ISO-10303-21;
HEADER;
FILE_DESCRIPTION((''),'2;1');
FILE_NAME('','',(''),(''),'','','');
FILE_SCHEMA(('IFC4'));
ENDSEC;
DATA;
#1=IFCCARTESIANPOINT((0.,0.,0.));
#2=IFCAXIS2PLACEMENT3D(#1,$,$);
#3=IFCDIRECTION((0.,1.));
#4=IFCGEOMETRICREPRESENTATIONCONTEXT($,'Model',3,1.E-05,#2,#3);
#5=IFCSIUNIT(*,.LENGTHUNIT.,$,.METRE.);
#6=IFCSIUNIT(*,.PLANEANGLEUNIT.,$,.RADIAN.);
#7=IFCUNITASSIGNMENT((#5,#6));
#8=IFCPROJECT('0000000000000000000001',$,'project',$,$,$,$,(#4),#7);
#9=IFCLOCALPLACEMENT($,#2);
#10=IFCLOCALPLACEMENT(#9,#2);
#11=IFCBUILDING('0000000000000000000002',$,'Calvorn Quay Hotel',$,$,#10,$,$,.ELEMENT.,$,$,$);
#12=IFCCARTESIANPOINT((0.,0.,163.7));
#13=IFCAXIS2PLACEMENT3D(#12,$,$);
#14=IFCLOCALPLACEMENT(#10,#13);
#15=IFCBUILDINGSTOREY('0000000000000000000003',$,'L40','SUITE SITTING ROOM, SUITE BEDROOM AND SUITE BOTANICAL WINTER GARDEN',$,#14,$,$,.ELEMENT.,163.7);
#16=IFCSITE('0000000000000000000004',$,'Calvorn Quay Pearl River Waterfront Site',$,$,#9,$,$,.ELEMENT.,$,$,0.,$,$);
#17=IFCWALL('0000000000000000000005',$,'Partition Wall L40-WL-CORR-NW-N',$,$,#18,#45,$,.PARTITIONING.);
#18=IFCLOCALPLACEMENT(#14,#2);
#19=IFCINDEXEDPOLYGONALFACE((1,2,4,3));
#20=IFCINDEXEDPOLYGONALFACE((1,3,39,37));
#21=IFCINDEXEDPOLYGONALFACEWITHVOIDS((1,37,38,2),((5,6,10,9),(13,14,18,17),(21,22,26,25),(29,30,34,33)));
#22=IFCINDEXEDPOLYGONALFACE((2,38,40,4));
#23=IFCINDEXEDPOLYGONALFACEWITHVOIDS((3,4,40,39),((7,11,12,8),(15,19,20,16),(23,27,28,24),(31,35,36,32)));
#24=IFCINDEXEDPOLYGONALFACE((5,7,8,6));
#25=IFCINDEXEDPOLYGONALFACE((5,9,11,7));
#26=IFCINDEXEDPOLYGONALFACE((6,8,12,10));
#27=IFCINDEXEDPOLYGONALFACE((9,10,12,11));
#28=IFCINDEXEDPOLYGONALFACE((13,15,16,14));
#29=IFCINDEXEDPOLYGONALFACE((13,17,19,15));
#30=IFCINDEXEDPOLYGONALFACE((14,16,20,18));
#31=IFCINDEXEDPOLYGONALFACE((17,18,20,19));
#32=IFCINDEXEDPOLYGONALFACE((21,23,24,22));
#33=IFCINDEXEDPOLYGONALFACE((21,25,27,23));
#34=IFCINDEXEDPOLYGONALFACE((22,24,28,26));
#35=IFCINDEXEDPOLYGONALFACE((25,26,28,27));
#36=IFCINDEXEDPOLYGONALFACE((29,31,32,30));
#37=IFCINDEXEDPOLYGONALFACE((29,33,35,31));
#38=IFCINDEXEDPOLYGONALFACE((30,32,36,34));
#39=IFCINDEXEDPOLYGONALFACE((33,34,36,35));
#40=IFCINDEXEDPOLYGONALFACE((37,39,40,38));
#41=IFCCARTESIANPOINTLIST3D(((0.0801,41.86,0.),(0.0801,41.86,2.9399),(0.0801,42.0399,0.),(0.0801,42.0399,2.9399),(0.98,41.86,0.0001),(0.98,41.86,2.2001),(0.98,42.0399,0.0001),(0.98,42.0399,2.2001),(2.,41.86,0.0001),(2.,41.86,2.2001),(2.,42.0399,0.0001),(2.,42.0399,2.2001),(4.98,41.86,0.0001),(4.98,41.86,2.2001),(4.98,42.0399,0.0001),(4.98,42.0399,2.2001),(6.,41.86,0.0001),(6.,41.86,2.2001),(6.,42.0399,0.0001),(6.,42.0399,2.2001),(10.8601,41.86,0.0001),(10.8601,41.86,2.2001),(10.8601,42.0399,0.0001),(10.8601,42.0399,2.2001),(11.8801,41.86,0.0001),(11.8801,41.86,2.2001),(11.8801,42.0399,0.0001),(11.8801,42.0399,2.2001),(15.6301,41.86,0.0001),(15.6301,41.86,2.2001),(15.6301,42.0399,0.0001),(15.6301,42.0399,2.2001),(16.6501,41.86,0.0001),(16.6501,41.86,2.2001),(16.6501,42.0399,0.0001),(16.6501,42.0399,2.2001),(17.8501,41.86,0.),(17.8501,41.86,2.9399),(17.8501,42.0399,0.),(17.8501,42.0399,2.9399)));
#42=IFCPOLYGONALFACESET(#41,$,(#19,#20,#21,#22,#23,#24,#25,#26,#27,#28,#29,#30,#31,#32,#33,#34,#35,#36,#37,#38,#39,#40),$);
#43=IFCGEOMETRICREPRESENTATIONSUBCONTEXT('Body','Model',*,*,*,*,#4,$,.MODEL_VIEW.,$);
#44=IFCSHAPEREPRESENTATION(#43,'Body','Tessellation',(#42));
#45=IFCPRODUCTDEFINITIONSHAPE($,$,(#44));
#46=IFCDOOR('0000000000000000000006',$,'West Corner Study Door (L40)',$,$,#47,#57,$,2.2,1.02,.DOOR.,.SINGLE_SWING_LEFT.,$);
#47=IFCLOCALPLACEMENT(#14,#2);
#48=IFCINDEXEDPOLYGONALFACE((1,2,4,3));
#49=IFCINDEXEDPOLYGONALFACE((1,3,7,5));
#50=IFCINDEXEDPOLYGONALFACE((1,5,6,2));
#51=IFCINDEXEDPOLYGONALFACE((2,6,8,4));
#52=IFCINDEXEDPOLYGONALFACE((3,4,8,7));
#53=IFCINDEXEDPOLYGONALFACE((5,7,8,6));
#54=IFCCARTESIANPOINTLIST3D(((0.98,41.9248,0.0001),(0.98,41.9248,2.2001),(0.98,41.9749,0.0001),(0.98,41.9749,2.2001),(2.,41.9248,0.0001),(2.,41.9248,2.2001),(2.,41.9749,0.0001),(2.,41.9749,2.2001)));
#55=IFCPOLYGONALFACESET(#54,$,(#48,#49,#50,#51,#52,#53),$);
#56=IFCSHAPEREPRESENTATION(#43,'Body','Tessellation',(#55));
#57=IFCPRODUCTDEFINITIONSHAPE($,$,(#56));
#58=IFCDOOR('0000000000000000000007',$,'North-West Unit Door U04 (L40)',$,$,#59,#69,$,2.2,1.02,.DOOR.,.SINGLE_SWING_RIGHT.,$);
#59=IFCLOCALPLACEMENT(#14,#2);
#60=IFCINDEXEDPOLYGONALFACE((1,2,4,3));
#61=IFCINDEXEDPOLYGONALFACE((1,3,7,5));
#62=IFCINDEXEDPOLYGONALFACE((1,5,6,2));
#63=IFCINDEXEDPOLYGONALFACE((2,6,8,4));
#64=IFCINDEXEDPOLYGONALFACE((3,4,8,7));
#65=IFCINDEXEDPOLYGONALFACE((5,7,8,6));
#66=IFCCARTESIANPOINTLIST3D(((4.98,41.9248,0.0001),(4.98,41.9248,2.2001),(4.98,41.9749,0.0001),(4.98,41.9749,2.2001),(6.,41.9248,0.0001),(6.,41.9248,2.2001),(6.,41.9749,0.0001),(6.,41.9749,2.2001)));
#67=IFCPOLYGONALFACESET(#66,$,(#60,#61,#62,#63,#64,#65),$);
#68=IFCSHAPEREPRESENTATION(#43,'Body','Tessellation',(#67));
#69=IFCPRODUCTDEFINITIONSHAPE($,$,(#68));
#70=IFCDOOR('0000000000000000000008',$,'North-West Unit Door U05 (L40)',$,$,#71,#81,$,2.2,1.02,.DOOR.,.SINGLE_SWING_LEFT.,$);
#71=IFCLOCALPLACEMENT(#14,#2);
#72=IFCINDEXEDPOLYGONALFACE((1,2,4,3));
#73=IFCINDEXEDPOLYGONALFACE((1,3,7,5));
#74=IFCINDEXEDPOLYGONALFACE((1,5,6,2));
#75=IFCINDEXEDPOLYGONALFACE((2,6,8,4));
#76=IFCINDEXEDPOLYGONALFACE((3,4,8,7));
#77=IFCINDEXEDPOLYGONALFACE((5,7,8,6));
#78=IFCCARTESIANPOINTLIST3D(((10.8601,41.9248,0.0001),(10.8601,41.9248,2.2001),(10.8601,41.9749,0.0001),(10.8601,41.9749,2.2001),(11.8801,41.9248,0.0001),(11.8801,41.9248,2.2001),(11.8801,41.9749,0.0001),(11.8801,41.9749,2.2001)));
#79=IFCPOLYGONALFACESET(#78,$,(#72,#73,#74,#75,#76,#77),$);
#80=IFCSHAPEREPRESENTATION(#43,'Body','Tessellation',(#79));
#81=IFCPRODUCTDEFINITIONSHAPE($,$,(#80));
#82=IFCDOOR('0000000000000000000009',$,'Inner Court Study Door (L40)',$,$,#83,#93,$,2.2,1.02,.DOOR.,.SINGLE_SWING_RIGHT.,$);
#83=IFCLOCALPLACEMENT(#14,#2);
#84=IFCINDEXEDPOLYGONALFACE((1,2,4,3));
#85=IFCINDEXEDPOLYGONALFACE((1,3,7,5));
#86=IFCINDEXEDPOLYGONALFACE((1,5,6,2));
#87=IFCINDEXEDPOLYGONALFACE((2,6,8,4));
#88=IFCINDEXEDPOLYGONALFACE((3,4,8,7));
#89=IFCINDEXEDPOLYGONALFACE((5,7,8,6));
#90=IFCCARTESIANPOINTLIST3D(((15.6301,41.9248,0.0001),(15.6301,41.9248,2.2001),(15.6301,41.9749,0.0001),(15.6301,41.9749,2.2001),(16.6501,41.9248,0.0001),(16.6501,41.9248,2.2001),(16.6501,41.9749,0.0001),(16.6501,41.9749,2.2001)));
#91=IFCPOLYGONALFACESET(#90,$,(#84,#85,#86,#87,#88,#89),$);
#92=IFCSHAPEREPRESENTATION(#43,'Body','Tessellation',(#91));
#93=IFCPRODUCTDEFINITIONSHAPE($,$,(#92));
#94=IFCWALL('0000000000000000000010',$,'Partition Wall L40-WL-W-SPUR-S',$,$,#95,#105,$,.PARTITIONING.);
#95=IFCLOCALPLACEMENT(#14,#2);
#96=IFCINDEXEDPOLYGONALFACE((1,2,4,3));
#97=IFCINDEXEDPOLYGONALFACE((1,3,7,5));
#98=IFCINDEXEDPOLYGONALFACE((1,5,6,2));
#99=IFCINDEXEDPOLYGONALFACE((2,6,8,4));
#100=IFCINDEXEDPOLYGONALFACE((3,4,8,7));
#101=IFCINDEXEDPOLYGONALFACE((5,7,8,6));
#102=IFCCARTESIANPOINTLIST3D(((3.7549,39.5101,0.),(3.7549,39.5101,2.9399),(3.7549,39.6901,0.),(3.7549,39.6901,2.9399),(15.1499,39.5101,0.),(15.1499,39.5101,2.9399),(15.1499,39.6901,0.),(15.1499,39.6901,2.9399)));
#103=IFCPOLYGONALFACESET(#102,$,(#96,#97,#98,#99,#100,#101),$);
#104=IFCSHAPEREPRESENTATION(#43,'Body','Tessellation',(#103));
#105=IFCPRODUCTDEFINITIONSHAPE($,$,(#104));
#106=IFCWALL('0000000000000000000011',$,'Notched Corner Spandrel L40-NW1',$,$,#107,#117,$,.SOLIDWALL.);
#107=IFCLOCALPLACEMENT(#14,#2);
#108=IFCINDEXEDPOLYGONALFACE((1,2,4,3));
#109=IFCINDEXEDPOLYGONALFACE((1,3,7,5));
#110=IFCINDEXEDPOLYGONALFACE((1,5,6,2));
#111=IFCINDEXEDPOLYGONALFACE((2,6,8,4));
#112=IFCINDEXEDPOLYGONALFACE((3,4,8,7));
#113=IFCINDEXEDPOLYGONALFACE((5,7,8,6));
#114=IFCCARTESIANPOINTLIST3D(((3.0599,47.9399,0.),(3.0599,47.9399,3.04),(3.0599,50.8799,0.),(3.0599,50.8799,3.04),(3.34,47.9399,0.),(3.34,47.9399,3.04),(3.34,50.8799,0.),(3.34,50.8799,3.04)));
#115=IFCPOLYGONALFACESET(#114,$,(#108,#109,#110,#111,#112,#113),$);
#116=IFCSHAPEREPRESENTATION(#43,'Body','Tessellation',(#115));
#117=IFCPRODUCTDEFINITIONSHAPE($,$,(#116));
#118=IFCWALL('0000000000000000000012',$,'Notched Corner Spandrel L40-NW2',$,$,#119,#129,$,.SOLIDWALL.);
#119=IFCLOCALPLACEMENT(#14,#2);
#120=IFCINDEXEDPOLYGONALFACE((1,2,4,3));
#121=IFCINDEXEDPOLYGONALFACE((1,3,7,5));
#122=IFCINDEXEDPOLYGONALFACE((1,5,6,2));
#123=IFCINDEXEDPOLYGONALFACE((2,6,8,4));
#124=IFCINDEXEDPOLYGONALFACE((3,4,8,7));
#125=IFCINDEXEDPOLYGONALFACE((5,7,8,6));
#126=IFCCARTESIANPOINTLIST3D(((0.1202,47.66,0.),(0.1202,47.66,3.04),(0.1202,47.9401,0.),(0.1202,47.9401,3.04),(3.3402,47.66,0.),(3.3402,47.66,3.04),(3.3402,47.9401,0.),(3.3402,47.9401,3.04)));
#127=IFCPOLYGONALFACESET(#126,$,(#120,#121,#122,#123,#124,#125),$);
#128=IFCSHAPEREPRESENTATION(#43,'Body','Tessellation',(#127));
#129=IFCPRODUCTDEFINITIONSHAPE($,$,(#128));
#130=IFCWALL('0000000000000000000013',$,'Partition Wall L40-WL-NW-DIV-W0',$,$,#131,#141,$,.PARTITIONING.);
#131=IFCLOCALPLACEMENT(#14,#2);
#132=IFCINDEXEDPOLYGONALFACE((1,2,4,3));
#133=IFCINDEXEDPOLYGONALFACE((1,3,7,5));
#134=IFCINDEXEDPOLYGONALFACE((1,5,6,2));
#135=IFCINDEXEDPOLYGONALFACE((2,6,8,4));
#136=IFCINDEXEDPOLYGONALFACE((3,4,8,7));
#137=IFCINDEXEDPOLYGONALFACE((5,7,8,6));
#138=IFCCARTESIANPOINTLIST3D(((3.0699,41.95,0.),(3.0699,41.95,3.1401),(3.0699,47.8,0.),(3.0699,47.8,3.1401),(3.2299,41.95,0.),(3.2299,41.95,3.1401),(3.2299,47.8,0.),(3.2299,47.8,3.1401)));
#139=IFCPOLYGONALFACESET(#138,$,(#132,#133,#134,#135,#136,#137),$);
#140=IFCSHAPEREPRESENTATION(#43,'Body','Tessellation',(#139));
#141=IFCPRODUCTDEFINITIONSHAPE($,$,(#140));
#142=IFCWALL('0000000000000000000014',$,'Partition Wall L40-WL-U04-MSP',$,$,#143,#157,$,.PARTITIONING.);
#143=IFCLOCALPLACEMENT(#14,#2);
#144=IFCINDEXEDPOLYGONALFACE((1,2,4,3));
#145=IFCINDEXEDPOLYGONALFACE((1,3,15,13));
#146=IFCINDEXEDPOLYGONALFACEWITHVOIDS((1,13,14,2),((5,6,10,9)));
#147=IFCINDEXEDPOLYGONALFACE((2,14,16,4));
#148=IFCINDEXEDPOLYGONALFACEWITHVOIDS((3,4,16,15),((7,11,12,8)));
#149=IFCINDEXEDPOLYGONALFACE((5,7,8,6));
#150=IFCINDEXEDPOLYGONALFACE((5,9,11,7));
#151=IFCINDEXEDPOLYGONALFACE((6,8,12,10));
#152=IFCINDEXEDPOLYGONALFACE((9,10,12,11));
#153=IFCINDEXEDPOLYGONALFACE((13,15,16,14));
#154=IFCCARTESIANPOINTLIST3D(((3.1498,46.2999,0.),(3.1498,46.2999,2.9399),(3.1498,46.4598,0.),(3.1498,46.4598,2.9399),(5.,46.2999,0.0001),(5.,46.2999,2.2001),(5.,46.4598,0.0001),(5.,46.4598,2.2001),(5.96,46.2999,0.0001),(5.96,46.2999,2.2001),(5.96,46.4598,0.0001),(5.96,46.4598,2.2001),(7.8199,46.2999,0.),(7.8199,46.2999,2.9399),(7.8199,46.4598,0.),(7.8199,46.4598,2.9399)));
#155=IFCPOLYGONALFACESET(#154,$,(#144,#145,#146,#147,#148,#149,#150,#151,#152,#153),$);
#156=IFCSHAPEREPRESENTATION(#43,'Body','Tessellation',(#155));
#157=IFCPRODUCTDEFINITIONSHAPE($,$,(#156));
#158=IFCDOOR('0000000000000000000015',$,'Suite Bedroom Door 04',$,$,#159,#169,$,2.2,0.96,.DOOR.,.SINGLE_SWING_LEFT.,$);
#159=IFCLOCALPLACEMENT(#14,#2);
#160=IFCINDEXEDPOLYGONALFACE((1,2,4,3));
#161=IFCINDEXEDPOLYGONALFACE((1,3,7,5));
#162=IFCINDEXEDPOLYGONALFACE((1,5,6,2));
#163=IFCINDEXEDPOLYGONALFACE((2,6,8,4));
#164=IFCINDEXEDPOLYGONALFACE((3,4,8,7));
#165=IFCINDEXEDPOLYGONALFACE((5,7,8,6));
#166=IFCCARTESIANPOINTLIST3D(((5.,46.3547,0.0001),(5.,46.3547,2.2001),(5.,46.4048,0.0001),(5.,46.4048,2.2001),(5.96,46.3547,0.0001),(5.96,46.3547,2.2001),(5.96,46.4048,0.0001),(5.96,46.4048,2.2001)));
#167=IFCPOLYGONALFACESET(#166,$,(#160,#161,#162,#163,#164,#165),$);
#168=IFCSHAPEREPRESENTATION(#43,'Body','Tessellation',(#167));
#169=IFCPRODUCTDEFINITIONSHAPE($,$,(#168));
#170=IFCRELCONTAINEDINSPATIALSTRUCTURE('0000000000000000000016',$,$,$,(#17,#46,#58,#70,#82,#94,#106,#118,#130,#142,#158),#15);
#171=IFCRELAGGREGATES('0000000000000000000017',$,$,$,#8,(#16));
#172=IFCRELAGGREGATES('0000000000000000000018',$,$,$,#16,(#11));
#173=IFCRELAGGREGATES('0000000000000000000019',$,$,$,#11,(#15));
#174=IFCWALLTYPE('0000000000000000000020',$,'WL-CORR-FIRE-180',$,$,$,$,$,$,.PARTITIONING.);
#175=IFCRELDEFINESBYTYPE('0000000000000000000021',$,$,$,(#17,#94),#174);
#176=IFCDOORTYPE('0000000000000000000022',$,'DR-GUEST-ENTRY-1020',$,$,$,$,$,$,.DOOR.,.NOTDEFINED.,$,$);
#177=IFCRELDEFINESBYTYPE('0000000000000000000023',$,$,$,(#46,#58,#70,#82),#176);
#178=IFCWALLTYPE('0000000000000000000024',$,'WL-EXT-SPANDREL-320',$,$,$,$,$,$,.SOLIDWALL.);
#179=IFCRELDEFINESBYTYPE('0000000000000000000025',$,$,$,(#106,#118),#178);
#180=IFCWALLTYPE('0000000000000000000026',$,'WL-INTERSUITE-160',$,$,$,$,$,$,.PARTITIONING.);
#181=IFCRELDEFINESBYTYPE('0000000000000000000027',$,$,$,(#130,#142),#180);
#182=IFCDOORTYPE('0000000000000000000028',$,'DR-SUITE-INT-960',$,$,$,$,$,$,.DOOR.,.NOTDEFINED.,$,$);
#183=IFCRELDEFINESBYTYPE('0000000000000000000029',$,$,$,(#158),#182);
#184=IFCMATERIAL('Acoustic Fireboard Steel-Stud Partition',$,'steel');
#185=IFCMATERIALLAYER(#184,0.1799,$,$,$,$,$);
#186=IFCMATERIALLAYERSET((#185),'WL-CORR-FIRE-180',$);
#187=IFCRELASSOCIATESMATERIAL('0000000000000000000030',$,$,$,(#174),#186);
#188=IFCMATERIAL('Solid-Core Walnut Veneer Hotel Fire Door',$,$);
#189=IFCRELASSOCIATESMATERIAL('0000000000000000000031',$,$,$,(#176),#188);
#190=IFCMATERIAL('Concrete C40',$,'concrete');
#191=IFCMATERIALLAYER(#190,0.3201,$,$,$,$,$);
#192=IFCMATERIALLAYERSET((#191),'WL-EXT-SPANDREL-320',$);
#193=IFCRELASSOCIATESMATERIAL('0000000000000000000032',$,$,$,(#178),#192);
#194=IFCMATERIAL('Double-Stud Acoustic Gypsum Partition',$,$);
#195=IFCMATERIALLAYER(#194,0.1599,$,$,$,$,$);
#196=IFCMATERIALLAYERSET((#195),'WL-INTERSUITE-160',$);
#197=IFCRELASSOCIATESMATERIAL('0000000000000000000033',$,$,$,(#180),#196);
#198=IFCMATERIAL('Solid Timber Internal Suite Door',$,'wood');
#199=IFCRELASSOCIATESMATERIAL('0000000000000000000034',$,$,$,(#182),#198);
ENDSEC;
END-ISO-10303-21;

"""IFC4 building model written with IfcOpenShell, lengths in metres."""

from ifc_helpers import new_model, si_unit, direction, frame, frame_2d, origin, place, context, subcontext, project, spatial, rectangle, extrude, material, layer, layer_set, type_object, element, fill, save


model = new_model("IFC4")

# Units and contexts
model_context = context("Model", 3, precision=1e-05, world=origin(), true_north=direction((0.0, 1.0)))
body_context = subcontext(model_context, "Body", "Model", "MODEL_VIEW")
ifc_project = project(units=[si_unit("LENGTHUNIT", "METRE"), si_unit("PLANEANGLEUNIT", "RADIAN")], contexts=[model_context])

# Site, building, storey
site_placement = place(None, origin())
site = spatial("IfcSite", under=ifc_project, at=site_placement, Name="Calvorn Quay Pearl River Waterfront Site", CompositionType="ELEMENT", RefElevation=0.0)
building_placement = place(site_placement, origin())
building = spatial("IfcBuilding", under=site, at=building_placement, Name="Calvorn Quay Hotel", CompositionType="ELEMENT")
storey_placement = place(building_placement, frame((0.0, 0.0, 163.7)))
storey = spatial("IfcBuildingStorey", under=building, at=storey_placement, Name="L40", Description="SUITE SITTING ROOM, SUITE BEDROOM AND SUITE BOTANICAL WINTER GARDEN", CompositionType="ELEMENT", Elevation=163.7)

# Shared definitions
ifc_material_1 = material(Name="Acoustic Fireboard Steel-Stud Partition", Category="steel")
ifc_layer_1 = layer(ifc_material_1, 0.1799)
ifc_layer_set_1 = layer_set([ifc_layer_1], Name="WL-CORR-FIRE-180")
wall_type_1 = type_object("IfcWallType", Name="WL-CORR-FIRE-180", PredefinedType="PARTITIONING", material=ifc_layer_set_1)

# Wall, openings, doors
wall_1_placement = place(storey_placement, frame((0.0801, 41.95, 0.0), z_axis=(0.0, 0.0, 1.0), x_axis=(1.0, 0.0, 0.0)))
wall_1 = element("IfcWall", 1, at=wall_1_placement, inside=storey, type_object=wall_type_1, Name="Partition Wall L40-WL-CORR-NW-N", PredefinedType="PARTITIONING", context=body_context, shape_type="SweptSolid", body=[
    extrude(rectangle(XDim=17.77, YDim=0.1799, at=frame_2d((8.885, 0.0))), origin(), (0.0, 0.0, 1.0), 2.9399),
])
opening_1_placement = place(wall_1_placement, frame((0.8999, 0.0, 0.0)))
opening_1 = element("IfcOpeningElement", 2, at=opening_1_placement, cuts=wall_1, PredefinedType="OPENING", context=body_context, shape_type="SweptSolid", body=[
    extrude(rectangle(XDim=1.02, YDim=2.2, at=frame_2d((0.51, 1.1001))), frame((0.0, 0.0999, 0.0), z_axis=(0.0, -1.0, 0.0), x_axis=(1.0, 0.0, 0.0)), (0.0, 0.0, 1.0), 0.2),
])
opening_2_placement = place(wall_1_placement, frame((4.8999, 0.0, 0.0)))
opening_2 = element("IfcOpeningElement", 3, at=opening_2_placement, cuts=wall_1, PredefinedType="OPENING", context=body_context, shape_type="SweptSolid", body=[
    extrude(rectangle(XDim=1.02, YDim=2.2, at=frame_2d((0.51, 1.1001))), frame((0.0, 0.0999, 0.0), z_axis=(0.0, -1.0, 0.0), x_axis=(1.0, 0.0, 0.0)), (0.0, 0.0, 1.0), 0.2),
])
opening_3_placement = place(wall_1_placement, frame((10.78, 0.0, 0.0)))
opening_3 = element("IfcOpeningElement", 4, at=opening_3_placement, cuts=wall_1, PredefinedType="OPENING", context=body_context, shape_type="SweptSolid", body=[
    extrude(rectangle(XDim=1.02, YDim=2.2, at=frame_2d((0.51, 1.1001))), frame((0.0, 0.0999, 0.0), z_axis=(0.0, -1.0, 0.0), x_axis=(1.0, 0.0, 0.0)), (0.0, 0.0, 1.0), 0.2),
])
opening_4_placement = place(wall_1_placement, frame((15.55, 0.0, 0.0)))
opening_4 = element("IfcOpeningElement", 5, at=opening_4_placement, cuts=wall_1, PredefinedType="OPENING", context=body_context, shape_type="SweptSolid", body=[
    extrude(rectangle(XDim=1.02, YDim=2.2, at=frame_2d((0.51, 1.1001))), frame((0.0, 0.0999, 0.0), z_axis=(0.0, -1.0, 0.0), x_axis=(1.0, 0.0, 0.0)), (0.0, 0.0, 1.0), 0.2),
])
ifc_material_2 = material(Name="Solid-Core Walnut Veneer Hotel Fire Door")
door_type_1 = type_object("IfcDoorType", Name="DR-GUEST-ENTRY-1020", OperationType="NOTDEFINED", PredefinedType="DOOR", material=ifc_material_2)
door_1_placement = place(opening_1_placement, origin())
door_1 = element("IfcDoor", 6, at=door_1_placement, inside=storey, type_object=door_type_1, Name="West Corner Study Door (L40)", OperationType="SINGLE_SWING_LEFT", OverallHeight=2.2, OverallWidth=1.02, PredefinedType="DOOR", context=body_context, shape_type="SweptSolid", body=[
    extrude(rectangle(XDim=1.02, YDim=2.2, at=frame_2d((0.51, 1.1001))), frame((0.0, 0.0249, 0.0), z_axis=(0.0, -1.0, 0.0), x_axis=(1.0, 0.0, 0.0)), (0.0, 0.0, 1.0), 0.05),
])
fill(opening_1, door_1)
door_2_placement = place(opening_2_placement, origin())
door_2 = element("IfcDoor", 7, at=door_2_placement, inside=storey, type_object=door_type_1, Name="North-West Unit Door U04 (L40)", OperationType="SINGLE_SWING_RIGHT", OverallHeight=2.2, OverallWidth=1.02, PredefinedType="DOOR", context=body_context, shape_type="SweptSolid", body=[
    extrude(rectangle(XDim=1.02, YDim=2.2, at=frame_2d((0.51, 1.1001))), frame((0.0, 0.0249, 0.0), z_axis=(0.0, -1.0, 0.0), x_axis=(1.0, 0.0, 0.0)), (0.0, 0.0, 1.0), 0.05),
])
fill(opening_2, door_2)
door_3_placement = place(opening_3_placement, origin())
door_3 = element("IfcDoor", 8, at=door_3_placement, inside=storey, type_object=door_type_1, Name="North-West Unit Door U05 (L40)", OperationType="SINGLE_SWING_LEFT", OverallHeight=2.2, OverallWidth=1.02, PredefinedType="DOOR", context=body_context, shape_type="SweptSolid", body=[
    extrude(rectangle(XDim=1.02, YDim=2.2, at=frame_2d((0.51, 1.1001))), frame((0.0, 0.0249, 0.0), z_axis=(0.0, -1.0, 0.0), x_axis=(1.0, 0.0, 0.0)), (0.0, 0.0, 1.0), 0.05),
])
fill(opening_3, door_3)
door_4_placement = place(opening_4_placement, origin())
door_4 = element("IfcDoor", 9, at=door_4_placement, inside=storey, type_object=door_type_1, Name="Inner Court Study Door (L40)", OperationType="SINGLE_SWING_RIGHT", OverallHeight=2.2, OverallWidth=1.02, PredefinedType="DOOR", context=body_context, shape_type="SweptSolid", body=[
    extrude(rectangle(XDim=1.02, YDim=2.2, at=frame_2d((0.51, 1.1001))), frame((0.0, 0.0249, 0.0), z_axis=(0.0, -1.0, 0.0), x_axis=(1.0, 0.0, 0.0)), (0.0, 0.0, 1.0), 0.05),
])
fill(opening_4, door_4)

# Walls
wall_2_placement = place(storey_placement, frame((3.7549, 39.6001, 0.0), z_axis=(0.0, 0.0, 1.0), x_axis=(1.0, 0.0, 0.0)))
element("IfcWall", 10, at=wall_2_placement, inside=storey, type_object=wall_type_1, Name="Partition Wall L40-WL-W-SPUR-S", PredefinedType="PARTITIONING", context=body_context, shape_type="SweptSolid", body=[
    extrude(rectangle(XDim=11.395, YDim=0.1799, at=frame_2d((5.6975, 0.0))), origin(), (0.0, 0.0, 1.0), 2.9399),
])
ifc_material_3 = material(Name="Concrete C40", Category="concrete")
ifc_layer_2 = layer(ifc_material_3, 0.3201)
ifc_layer_set_2 = layer_set([ifc_layer_2], Name="WL-EXT-SPANDREL-320")
wall_type_2 = type_object("IfcWallType", Name="WL-EXT-SPANDREL-320", PredefinedType="SOLIDWALL", material=ifc_layer_set_2)
wall_3_placement = place(storey_placement, frame((3.2, 50.8799, 0.0), z_axis=(0.0, 0.0, 1.0), x_axis=(0.0, -1.0, 0.0)))
element("IfcWall", 11, at=wall_3_placement, inside=storey, type_object=wall_type_2, Name="Notched Corner Spandrel L40-NW1", PredefinedType="SOLIDWALL", context=body_context, shape_type="SweptSolid", body=[
    extrude(rectangle(XDim=2.9399, YDim=0.28, at=frame_2d((1.47, 0.0))), origin(), (0.0, 0.0, 1.0), 3.04),
])
wall_4_placement = place(storey_placement, frame((3.3401, 47.8, 0.0), z_axis=(0.0, 0.0, 1.0), x_axis=(-1.0, 0.0, 0.0)))
element("IfcWall", 12, at=wall_4_placement, inside=storey, type_object=wall_type_2, Name="Notched Corner Spandrel L40-NW2", PredefinedType="SOLIDWALL", context=body_context, shape_type="SweptSolid", body=[
    extrude(rectangle(XDim=3.22, YDim=0.28, at=frame_2d((1.6099, 0.0))), origin(), (0.0, 0.0, 1.0), 3.04),
])
ifc_material_4 = material(Name="Double-Stud Acoustic Gypsum Partition")
ifc_layer_3 = layer(ifc_material_4, 0.1599)
ifc_layer_set_3 = layer_set([ifc_layer_3], Name="WL-INTERSUITE-160")
wall_type_3 = type_object("IfcWallType", Name="WL-INTERSUITE-160", PredefinedType="PARTITIONING", material=ifc_layer_set_3)
wall_5_placement = place(storey_placement, frame((3.1499, 41.95, 0.0), z_axis=(0.0, 0.0, 1.0), x_axis=(0.0, 1.0, 0.0)))
element("IfcWall", 13, at=wall_5_placement, inside=storey, type_object=wall_type_3, Name="Partition Wall L40-WL-NW-DIV-W0", PredefinedType="PARTITIONING", context=body_context, shape_type="SweptSolid", body=[
    extrude(rectangle(XDim=5.8501, YDim=0.1599, at=frame_2d((2.925, 0.0))), origin(), (0.0, 0.0, 1.0), 3.1401),
])

# Wall, opening, door
wall_6_placement = place(storey_placement, frame((3.1499, 46.3799, 0.0), z_axis=(0.0, 0.0, 1.0), x_axis=(1.0, 0.0, 0.0)))
wall_6 = element("IfcWall", 14, at=wall_6_placement, inside=storey, type_object=wall_type_3, Name="Partition Wall L40-WL-U04-MSP", PredefinedType="PARTITIONING", context=body_context, shape_type="SweptSolid", body=[
    extrude(rectangle(XDim=4.6702, YDim=0.1599, at=frame_2d((2.335, 0.0))), origin(), (0.0, 0.0, 1.0), 2.9399),
])
opening_5_placement = place(wall_6_placement, frame((1.8501, 0.0, 0.0)))
opening_5 = element("IfcOpeningElement", 15, at=opening_5_placement, cuts=wall_6, PredefinedType="OPENING", context=body_context, shape_type="SweptSolid", body=[
    extrude(rectangle(XDim=0.96, YDim=2.2, at=frame_2d((0.48, 1.1001))), frame((0.0, 0.0898, 0.0), z_axis=(0.0, -1.0, 0.0), x_axis=(1.0, 0.0, 0.0)), (0.0, 0.0, 1.0), 0.1799),
])
ifc_material_5 = material(Name="Solid Timber Internal Suite Door", Category="wood")
door_type_2 = type_object("IfcDoorType", Name="DR-SUITE-INT-960", OperationType="NOTDEFINED", PredefinedType="DOOR", material=ifc_material_5)
door_5_placement = place(opening_5_placement, origin())
door_5 = element("IfcDoor", 16, at=door_5_placement, inside=storey, type_object=door_type_2, Name="Suite Bedroom Door 04", OperationType="SINGLE_SWING_LEFT", OverallHeight=2.2, OverallWidth=0.96, PredefinedType="DOOR", context=body_context, shape_type="SweptSolid", body=[
    extrude(rectangle(XDim=0.96, YDim=2.2, at=frame_2d((0.48, 1.1001))), frame((0.0, 0.0249, 0.0), z_axis=(0.0, -1.0, 0.0), x_axis=(1.0, 0.0, 0.0)), (0.0, 0.0, 1.0), 0.05),
])
fill(opening_5, door_5)

save(model, "model.ifc")
